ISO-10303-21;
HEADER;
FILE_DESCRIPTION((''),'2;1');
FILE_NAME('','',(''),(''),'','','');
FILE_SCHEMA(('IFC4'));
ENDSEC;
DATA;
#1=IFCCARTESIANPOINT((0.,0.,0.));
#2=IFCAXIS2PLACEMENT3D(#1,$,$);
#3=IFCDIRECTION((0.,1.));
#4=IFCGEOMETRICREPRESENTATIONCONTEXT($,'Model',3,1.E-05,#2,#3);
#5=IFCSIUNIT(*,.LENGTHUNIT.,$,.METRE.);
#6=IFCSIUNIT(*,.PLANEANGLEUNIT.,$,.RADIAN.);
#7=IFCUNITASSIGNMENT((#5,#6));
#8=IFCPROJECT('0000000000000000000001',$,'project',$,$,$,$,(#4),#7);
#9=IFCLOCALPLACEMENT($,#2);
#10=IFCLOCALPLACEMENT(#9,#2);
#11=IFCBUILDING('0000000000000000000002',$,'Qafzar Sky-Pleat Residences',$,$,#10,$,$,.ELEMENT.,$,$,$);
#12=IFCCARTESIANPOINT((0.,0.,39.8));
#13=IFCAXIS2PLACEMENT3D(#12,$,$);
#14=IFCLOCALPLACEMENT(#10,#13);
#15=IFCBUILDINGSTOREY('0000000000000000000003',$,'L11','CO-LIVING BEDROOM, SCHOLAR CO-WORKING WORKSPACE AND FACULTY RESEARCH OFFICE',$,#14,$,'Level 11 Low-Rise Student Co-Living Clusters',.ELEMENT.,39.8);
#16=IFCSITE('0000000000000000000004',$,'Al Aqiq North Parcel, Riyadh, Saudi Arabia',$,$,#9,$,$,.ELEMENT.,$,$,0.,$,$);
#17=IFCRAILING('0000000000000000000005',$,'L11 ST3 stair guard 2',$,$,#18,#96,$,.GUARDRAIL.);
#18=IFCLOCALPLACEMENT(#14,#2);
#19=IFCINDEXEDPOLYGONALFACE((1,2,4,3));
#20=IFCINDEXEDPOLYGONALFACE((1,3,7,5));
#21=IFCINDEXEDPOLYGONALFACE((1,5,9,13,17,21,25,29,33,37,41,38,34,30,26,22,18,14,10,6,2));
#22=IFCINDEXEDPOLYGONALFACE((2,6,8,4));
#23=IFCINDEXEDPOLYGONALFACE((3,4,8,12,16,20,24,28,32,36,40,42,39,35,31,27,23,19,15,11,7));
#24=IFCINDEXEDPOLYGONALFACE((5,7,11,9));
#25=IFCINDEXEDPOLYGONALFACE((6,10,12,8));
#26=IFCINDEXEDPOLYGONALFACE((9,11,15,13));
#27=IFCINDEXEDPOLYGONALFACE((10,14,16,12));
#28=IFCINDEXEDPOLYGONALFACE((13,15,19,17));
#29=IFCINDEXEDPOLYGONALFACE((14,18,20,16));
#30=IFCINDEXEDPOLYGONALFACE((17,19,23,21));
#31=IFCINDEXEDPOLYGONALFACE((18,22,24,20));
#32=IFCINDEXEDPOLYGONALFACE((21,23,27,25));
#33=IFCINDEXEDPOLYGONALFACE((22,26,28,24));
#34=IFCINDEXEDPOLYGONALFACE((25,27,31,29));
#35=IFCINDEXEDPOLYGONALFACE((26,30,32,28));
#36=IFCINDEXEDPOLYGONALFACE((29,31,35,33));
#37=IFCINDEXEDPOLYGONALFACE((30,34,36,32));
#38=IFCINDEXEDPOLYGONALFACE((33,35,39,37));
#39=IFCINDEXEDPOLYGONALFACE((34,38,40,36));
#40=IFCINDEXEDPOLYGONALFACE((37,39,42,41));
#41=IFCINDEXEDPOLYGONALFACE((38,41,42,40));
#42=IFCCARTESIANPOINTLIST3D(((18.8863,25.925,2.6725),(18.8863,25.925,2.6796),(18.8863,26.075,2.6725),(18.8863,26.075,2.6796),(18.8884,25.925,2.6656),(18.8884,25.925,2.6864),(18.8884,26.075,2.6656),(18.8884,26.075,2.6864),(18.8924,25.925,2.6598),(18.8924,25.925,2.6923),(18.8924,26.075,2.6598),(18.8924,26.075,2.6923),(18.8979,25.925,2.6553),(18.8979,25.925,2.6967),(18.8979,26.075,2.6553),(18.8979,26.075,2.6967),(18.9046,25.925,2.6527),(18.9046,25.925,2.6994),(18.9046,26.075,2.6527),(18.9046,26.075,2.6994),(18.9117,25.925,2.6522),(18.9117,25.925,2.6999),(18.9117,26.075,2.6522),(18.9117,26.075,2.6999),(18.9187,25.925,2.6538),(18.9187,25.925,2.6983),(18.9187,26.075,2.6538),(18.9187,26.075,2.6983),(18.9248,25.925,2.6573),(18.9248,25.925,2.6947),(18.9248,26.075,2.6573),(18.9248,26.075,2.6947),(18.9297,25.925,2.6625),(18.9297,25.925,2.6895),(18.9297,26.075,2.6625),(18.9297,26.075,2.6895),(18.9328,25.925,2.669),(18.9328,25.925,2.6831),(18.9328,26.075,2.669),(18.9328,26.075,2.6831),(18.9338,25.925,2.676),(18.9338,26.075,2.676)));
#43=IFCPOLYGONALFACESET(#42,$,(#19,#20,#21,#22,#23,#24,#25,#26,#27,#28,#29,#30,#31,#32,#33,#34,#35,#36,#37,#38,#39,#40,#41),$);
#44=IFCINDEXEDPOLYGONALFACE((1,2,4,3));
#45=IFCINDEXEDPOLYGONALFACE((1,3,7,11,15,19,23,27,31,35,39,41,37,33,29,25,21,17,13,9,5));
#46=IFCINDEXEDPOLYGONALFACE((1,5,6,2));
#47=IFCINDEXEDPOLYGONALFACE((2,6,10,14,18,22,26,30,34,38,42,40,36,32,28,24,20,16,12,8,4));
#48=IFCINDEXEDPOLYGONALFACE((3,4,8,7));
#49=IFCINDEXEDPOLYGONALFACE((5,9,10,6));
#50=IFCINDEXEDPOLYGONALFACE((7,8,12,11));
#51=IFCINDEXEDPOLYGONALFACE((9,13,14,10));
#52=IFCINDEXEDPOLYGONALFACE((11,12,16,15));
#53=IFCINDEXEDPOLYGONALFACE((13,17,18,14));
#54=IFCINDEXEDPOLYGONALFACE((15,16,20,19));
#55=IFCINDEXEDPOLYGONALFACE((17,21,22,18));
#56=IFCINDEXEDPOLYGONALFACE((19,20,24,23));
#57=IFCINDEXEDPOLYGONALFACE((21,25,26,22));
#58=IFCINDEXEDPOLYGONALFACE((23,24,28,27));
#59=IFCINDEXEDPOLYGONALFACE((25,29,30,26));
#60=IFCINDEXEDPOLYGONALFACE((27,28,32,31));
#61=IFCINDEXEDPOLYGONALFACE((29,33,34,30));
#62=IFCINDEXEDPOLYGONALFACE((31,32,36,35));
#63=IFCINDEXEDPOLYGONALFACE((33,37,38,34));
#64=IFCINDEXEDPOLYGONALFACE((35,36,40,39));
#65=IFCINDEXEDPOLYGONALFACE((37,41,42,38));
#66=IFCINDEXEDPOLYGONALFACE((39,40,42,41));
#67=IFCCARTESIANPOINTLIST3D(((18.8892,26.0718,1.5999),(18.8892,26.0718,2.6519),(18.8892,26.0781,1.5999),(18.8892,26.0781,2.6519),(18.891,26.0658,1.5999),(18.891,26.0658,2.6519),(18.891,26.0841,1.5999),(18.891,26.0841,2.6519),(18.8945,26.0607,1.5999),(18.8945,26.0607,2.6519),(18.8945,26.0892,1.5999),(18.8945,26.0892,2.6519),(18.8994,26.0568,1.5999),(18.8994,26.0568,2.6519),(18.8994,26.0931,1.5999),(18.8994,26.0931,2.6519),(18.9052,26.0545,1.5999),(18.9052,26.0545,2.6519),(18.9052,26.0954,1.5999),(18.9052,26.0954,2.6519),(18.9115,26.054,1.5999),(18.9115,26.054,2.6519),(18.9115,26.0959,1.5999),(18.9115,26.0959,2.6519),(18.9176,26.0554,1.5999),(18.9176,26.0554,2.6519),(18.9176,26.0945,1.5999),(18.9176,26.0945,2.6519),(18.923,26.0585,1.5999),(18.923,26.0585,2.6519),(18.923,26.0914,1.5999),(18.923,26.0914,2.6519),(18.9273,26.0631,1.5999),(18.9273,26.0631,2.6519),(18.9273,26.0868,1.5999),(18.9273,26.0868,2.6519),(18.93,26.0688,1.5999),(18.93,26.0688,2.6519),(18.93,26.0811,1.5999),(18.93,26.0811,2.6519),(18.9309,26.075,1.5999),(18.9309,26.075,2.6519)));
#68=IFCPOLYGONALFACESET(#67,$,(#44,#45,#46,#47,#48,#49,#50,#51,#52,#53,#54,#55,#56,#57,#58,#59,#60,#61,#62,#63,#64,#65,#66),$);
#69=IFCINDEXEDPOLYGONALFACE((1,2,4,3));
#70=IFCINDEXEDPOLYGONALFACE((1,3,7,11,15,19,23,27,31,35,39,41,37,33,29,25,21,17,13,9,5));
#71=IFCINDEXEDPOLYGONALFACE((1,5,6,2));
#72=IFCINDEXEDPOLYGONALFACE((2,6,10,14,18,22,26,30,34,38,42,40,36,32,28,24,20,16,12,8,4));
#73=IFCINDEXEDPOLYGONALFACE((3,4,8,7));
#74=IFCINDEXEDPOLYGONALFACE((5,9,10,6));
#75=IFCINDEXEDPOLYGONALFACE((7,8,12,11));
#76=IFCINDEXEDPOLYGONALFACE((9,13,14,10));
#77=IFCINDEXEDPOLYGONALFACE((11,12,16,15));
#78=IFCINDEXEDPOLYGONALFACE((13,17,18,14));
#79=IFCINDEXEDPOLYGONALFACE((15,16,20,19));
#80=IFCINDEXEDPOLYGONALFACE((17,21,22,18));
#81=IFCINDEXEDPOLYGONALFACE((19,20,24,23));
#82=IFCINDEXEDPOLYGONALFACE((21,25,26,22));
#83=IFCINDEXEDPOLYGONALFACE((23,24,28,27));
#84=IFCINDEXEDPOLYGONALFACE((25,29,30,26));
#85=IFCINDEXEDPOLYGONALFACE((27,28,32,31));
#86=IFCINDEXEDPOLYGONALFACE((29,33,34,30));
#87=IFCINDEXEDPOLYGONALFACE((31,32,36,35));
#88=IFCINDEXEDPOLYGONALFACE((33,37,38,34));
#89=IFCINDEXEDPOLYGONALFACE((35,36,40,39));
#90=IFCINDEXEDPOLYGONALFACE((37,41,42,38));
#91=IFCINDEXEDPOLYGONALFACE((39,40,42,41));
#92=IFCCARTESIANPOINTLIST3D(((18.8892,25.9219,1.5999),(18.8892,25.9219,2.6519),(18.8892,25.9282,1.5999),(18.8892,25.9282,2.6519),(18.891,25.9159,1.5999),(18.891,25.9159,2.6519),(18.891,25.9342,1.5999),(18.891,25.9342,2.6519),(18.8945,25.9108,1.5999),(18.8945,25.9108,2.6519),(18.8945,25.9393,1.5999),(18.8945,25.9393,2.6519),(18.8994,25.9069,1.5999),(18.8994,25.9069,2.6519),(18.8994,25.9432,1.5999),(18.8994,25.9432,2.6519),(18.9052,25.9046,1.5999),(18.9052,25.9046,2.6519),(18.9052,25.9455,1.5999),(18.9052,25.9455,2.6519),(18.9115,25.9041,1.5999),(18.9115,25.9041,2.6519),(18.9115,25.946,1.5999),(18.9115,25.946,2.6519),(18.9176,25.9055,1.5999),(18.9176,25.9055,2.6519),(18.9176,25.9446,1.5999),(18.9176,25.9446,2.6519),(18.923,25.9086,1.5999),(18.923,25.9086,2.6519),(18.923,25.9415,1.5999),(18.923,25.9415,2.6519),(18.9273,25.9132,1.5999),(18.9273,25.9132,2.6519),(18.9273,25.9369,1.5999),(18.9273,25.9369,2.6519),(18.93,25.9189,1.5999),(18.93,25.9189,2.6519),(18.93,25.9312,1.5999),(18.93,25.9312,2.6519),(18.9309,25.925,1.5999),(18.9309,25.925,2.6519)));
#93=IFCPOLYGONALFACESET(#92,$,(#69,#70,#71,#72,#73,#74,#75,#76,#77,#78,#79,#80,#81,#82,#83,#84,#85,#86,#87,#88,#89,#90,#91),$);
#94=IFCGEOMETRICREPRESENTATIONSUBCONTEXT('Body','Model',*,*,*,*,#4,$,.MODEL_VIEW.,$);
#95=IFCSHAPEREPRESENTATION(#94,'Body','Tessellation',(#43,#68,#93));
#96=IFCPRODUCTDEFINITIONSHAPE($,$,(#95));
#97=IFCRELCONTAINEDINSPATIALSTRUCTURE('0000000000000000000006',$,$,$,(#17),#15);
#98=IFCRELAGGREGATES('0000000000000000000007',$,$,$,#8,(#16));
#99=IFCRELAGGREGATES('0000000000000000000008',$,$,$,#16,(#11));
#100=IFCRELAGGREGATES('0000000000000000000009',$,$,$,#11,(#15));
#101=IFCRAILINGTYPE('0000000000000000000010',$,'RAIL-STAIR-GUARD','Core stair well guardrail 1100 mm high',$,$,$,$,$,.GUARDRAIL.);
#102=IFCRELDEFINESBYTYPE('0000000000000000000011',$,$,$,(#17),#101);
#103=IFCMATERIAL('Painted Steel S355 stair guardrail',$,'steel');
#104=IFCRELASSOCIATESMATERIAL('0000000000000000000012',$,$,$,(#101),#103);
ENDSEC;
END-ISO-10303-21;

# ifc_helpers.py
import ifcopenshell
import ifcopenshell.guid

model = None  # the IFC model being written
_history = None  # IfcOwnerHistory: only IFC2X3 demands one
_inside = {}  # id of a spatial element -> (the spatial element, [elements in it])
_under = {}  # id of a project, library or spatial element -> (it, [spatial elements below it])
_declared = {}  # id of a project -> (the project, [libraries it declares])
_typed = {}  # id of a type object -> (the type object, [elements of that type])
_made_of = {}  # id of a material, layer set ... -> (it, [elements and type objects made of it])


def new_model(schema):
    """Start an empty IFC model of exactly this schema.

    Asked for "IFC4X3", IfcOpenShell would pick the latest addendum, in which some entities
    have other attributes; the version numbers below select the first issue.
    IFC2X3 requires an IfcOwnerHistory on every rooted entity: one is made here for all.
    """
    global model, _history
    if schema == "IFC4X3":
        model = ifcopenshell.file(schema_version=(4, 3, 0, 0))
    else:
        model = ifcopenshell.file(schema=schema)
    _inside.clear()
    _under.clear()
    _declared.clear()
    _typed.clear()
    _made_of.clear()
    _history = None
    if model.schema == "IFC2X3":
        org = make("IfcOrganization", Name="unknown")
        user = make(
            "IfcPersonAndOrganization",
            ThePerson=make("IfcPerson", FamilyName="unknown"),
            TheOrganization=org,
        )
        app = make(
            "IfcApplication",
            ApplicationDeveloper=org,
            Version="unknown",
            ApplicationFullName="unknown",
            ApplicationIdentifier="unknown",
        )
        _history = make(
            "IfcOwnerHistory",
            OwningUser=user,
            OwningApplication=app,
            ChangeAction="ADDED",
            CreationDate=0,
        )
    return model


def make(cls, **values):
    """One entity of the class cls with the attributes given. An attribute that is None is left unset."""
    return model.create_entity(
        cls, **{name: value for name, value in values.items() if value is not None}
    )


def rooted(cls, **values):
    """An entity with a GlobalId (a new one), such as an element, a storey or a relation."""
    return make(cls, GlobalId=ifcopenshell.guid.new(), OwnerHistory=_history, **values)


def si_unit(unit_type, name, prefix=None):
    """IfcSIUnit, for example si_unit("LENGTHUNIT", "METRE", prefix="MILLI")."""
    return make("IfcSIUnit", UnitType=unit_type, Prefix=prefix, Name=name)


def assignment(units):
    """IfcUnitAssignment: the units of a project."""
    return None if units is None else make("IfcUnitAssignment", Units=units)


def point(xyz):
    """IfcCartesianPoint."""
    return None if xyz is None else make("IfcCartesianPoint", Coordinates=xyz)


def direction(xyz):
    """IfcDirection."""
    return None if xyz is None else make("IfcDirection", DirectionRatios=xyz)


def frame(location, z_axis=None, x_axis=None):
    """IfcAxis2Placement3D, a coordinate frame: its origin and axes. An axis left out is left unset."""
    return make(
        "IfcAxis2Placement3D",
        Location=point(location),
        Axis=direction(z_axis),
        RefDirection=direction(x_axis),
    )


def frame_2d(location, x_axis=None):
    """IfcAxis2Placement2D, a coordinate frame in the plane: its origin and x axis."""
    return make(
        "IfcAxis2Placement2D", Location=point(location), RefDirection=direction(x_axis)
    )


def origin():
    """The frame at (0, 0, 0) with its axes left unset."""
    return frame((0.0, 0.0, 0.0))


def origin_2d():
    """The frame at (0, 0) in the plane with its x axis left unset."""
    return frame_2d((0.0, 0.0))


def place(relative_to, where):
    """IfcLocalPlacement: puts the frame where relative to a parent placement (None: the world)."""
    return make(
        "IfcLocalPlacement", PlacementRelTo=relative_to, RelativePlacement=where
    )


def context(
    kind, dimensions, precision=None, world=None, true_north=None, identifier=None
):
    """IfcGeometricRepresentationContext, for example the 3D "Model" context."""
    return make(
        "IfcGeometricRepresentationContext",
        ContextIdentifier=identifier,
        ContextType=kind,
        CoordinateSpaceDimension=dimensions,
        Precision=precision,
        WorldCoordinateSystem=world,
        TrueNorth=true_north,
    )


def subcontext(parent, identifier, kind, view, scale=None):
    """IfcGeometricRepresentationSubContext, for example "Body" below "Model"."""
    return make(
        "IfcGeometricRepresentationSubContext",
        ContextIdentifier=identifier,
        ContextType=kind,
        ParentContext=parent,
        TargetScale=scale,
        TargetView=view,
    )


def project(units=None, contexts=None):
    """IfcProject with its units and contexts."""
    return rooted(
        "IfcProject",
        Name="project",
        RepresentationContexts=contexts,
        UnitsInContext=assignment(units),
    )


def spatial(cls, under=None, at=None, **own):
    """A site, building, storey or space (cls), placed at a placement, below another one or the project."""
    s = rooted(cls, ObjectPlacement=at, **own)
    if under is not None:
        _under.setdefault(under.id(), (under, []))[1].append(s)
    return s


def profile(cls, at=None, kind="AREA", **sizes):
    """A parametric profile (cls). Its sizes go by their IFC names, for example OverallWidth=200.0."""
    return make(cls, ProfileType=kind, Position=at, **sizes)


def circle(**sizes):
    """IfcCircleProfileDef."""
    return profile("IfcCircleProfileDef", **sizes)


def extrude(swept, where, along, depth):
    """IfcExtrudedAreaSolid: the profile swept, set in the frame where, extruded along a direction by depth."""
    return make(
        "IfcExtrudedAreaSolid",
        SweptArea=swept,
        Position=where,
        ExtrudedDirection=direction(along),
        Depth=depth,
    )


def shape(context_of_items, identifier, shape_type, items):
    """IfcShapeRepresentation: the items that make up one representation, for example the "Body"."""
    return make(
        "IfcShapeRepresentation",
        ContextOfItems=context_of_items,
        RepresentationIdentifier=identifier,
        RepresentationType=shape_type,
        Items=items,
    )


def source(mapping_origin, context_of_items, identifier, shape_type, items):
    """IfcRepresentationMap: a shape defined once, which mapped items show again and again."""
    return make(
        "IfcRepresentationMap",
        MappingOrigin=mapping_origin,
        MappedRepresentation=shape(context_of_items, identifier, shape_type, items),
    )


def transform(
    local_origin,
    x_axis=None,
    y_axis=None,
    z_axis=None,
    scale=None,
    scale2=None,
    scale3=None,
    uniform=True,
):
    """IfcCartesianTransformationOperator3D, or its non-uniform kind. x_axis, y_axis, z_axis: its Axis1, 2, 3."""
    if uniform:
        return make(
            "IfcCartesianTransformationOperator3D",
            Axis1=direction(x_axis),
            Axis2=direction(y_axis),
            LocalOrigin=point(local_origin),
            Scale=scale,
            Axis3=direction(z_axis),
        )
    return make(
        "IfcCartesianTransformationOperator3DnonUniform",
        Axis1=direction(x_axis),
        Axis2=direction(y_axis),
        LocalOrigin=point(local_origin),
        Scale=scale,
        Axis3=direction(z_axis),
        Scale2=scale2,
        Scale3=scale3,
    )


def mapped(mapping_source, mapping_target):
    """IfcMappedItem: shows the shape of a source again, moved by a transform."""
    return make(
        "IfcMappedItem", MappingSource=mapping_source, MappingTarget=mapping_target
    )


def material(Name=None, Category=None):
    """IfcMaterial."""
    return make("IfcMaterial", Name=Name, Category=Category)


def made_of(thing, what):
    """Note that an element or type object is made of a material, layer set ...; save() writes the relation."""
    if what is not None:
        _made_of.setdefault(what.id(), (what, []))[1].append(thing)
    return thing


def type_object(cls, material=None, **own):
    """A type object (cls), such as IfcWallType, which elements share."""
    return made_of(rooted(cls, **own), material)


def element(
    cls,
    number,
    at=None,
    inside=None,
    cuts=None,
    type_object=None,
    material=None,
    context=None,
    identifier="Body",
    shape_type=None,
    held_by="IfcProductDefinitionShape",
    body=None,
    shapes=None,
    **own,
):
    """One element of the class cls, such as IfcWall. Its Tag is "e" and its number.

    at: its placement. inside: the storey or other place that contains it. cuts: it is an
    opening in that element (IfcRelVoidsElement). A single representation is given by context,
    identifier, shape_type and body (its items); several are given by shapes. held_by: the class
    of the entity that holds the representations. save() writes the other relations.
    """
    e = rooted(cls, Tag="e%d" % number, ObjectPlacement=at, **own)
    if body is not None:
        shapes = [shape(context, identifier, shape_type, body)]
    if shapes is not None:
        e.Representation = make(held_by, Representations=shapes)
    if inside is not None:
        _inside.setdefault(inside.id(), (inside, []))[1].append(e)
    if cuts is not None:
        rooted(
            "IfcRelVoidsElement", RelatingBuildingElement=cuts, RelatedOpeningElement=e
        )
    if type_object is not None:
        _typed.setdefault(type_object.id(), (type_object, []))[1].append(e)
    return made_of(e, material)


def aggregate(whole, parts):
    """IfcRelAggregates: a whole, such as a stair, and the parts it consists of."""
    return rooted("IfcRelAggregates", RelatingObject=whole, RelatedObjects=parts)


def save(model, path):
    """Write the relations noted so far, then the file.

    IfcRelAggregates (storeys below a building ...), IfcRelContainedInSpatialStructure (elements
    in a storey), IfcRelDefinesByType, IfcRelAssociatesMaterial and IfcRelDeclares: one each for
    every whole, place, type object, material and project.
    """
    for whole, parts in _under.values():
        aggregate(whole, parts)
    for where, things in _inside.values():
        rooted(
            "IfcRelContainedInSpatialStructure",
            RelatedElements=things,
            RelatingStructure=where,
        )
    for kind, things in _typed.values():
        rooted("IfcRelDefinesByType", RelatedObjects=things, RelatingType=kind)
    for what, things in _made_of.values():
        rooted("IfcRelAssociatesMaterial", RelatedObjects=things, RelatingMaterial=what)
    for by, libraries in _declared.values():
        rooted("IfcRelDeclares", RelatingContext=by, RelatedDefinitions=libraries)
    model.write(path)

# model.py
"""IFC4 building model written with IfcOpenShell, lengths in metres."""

from ifc_helpers import new_model, si_unit, direction, frame, origin, origin_2d, place, context, subcontext, project, spatial, circle, extrude, source, transform, mapped, material, type_object, element, save


model = new_model("IFC4")

# Units and contexts
model_context = context("Model", 3, precision=1e-05, world=origin(), true_north=direction((0.0, 1.0)))
body_context = subcontext(model_context, "Body", "Model", "MODEL_VIEW")
ifc_project = project(units=[si_unit("LENGTHUNIT", "METRE"), si_unit("PLANEANGLEUNIT", "RADIAN")], contexts=[model_context])

# Site, building, storey
site_placement = place(None, origin())
site = spatial("IfcSite", under=ifc_project, at=site_placement, Name="Al Aqiq North Parcel, Riyadh, Saudi Arabia", CompositionType="ELEMENT", RefElevation=0.0)
building_placement = place(site_placement, origin())
building = spatial("IfcBuilding", under=site, at=building_placement, Name="Qafzar Sky-Pleat Residences", CompositionType="ELEMENT")
storey_placement = place(building_placement, frame((0.0, 0.0, 39.8)))
storey = spatial("IfcBuildingStorey", under=building, at=storey_placement, Name="L11", Description="CO-LIVING BEDROOM, SCHOLAR CO-WORKING WORKSPACE AND FACULTY RESEARCH OFFICE", LongName="Level 11 Low-Rise Student Co-Living Clusters", CompositionType="ELEMENT", Elevation=39.8)

# Railing
ifc_material_1 = material(Name="Painted Steel S355 stair guardrail", Category="steel")
railing_type = type_object("IfcRailingType", Name="RAIL-STAIR-GUARD", Description="Core stair well guardrail 1100 mm high", PredefinedType="GUARDRAIL", material=ifc_material_1)
shared_shape_1 = source(origin(), body_context, "Body", "SweptSolid", [
    extrude(circle(Radius=0.0239, at=origin_2d()), frame((0.0, 0.0, 1.0762), z_axis=(0.0, -1.0, 0.0), x_axis=(1.0, 0.0, 0.0)), (0.0, 0.0, 1.0), 0.1499),
    extrude(circle(Radius=0.021, at=origin_2d()), origin(), (0.0, 0.0, 1.0), 1.052),
    extrude(circle(Radius=0.021, at=origin_2d()), frame((0.0, -0.1499, 0.0)), (0.0, 0.0, 1.0), 1.052),
])
railing_1_placement = place(storey_placement, frame((18.9099, 26.075, 1.5999)))
element("IfcRailing", 1, at=railing_1_placement, inside=storey, type_object=railing_type, Name="L11 ST3 stair guard 2", PredefinedType="GUARDRAIL", context=body_context, shape_type="MappedRepresentation", body=[
    mapped(shared_shape_1, transform((0.0, 0.0, 0.0), x_axis=(1.0, 0.0, 0.0), y_axis=(0.0, 1.0, 0.0), z_axis=(0.0, 0.0, 1.0), scale=1.0)),
])

save(model, "model.ifc")
